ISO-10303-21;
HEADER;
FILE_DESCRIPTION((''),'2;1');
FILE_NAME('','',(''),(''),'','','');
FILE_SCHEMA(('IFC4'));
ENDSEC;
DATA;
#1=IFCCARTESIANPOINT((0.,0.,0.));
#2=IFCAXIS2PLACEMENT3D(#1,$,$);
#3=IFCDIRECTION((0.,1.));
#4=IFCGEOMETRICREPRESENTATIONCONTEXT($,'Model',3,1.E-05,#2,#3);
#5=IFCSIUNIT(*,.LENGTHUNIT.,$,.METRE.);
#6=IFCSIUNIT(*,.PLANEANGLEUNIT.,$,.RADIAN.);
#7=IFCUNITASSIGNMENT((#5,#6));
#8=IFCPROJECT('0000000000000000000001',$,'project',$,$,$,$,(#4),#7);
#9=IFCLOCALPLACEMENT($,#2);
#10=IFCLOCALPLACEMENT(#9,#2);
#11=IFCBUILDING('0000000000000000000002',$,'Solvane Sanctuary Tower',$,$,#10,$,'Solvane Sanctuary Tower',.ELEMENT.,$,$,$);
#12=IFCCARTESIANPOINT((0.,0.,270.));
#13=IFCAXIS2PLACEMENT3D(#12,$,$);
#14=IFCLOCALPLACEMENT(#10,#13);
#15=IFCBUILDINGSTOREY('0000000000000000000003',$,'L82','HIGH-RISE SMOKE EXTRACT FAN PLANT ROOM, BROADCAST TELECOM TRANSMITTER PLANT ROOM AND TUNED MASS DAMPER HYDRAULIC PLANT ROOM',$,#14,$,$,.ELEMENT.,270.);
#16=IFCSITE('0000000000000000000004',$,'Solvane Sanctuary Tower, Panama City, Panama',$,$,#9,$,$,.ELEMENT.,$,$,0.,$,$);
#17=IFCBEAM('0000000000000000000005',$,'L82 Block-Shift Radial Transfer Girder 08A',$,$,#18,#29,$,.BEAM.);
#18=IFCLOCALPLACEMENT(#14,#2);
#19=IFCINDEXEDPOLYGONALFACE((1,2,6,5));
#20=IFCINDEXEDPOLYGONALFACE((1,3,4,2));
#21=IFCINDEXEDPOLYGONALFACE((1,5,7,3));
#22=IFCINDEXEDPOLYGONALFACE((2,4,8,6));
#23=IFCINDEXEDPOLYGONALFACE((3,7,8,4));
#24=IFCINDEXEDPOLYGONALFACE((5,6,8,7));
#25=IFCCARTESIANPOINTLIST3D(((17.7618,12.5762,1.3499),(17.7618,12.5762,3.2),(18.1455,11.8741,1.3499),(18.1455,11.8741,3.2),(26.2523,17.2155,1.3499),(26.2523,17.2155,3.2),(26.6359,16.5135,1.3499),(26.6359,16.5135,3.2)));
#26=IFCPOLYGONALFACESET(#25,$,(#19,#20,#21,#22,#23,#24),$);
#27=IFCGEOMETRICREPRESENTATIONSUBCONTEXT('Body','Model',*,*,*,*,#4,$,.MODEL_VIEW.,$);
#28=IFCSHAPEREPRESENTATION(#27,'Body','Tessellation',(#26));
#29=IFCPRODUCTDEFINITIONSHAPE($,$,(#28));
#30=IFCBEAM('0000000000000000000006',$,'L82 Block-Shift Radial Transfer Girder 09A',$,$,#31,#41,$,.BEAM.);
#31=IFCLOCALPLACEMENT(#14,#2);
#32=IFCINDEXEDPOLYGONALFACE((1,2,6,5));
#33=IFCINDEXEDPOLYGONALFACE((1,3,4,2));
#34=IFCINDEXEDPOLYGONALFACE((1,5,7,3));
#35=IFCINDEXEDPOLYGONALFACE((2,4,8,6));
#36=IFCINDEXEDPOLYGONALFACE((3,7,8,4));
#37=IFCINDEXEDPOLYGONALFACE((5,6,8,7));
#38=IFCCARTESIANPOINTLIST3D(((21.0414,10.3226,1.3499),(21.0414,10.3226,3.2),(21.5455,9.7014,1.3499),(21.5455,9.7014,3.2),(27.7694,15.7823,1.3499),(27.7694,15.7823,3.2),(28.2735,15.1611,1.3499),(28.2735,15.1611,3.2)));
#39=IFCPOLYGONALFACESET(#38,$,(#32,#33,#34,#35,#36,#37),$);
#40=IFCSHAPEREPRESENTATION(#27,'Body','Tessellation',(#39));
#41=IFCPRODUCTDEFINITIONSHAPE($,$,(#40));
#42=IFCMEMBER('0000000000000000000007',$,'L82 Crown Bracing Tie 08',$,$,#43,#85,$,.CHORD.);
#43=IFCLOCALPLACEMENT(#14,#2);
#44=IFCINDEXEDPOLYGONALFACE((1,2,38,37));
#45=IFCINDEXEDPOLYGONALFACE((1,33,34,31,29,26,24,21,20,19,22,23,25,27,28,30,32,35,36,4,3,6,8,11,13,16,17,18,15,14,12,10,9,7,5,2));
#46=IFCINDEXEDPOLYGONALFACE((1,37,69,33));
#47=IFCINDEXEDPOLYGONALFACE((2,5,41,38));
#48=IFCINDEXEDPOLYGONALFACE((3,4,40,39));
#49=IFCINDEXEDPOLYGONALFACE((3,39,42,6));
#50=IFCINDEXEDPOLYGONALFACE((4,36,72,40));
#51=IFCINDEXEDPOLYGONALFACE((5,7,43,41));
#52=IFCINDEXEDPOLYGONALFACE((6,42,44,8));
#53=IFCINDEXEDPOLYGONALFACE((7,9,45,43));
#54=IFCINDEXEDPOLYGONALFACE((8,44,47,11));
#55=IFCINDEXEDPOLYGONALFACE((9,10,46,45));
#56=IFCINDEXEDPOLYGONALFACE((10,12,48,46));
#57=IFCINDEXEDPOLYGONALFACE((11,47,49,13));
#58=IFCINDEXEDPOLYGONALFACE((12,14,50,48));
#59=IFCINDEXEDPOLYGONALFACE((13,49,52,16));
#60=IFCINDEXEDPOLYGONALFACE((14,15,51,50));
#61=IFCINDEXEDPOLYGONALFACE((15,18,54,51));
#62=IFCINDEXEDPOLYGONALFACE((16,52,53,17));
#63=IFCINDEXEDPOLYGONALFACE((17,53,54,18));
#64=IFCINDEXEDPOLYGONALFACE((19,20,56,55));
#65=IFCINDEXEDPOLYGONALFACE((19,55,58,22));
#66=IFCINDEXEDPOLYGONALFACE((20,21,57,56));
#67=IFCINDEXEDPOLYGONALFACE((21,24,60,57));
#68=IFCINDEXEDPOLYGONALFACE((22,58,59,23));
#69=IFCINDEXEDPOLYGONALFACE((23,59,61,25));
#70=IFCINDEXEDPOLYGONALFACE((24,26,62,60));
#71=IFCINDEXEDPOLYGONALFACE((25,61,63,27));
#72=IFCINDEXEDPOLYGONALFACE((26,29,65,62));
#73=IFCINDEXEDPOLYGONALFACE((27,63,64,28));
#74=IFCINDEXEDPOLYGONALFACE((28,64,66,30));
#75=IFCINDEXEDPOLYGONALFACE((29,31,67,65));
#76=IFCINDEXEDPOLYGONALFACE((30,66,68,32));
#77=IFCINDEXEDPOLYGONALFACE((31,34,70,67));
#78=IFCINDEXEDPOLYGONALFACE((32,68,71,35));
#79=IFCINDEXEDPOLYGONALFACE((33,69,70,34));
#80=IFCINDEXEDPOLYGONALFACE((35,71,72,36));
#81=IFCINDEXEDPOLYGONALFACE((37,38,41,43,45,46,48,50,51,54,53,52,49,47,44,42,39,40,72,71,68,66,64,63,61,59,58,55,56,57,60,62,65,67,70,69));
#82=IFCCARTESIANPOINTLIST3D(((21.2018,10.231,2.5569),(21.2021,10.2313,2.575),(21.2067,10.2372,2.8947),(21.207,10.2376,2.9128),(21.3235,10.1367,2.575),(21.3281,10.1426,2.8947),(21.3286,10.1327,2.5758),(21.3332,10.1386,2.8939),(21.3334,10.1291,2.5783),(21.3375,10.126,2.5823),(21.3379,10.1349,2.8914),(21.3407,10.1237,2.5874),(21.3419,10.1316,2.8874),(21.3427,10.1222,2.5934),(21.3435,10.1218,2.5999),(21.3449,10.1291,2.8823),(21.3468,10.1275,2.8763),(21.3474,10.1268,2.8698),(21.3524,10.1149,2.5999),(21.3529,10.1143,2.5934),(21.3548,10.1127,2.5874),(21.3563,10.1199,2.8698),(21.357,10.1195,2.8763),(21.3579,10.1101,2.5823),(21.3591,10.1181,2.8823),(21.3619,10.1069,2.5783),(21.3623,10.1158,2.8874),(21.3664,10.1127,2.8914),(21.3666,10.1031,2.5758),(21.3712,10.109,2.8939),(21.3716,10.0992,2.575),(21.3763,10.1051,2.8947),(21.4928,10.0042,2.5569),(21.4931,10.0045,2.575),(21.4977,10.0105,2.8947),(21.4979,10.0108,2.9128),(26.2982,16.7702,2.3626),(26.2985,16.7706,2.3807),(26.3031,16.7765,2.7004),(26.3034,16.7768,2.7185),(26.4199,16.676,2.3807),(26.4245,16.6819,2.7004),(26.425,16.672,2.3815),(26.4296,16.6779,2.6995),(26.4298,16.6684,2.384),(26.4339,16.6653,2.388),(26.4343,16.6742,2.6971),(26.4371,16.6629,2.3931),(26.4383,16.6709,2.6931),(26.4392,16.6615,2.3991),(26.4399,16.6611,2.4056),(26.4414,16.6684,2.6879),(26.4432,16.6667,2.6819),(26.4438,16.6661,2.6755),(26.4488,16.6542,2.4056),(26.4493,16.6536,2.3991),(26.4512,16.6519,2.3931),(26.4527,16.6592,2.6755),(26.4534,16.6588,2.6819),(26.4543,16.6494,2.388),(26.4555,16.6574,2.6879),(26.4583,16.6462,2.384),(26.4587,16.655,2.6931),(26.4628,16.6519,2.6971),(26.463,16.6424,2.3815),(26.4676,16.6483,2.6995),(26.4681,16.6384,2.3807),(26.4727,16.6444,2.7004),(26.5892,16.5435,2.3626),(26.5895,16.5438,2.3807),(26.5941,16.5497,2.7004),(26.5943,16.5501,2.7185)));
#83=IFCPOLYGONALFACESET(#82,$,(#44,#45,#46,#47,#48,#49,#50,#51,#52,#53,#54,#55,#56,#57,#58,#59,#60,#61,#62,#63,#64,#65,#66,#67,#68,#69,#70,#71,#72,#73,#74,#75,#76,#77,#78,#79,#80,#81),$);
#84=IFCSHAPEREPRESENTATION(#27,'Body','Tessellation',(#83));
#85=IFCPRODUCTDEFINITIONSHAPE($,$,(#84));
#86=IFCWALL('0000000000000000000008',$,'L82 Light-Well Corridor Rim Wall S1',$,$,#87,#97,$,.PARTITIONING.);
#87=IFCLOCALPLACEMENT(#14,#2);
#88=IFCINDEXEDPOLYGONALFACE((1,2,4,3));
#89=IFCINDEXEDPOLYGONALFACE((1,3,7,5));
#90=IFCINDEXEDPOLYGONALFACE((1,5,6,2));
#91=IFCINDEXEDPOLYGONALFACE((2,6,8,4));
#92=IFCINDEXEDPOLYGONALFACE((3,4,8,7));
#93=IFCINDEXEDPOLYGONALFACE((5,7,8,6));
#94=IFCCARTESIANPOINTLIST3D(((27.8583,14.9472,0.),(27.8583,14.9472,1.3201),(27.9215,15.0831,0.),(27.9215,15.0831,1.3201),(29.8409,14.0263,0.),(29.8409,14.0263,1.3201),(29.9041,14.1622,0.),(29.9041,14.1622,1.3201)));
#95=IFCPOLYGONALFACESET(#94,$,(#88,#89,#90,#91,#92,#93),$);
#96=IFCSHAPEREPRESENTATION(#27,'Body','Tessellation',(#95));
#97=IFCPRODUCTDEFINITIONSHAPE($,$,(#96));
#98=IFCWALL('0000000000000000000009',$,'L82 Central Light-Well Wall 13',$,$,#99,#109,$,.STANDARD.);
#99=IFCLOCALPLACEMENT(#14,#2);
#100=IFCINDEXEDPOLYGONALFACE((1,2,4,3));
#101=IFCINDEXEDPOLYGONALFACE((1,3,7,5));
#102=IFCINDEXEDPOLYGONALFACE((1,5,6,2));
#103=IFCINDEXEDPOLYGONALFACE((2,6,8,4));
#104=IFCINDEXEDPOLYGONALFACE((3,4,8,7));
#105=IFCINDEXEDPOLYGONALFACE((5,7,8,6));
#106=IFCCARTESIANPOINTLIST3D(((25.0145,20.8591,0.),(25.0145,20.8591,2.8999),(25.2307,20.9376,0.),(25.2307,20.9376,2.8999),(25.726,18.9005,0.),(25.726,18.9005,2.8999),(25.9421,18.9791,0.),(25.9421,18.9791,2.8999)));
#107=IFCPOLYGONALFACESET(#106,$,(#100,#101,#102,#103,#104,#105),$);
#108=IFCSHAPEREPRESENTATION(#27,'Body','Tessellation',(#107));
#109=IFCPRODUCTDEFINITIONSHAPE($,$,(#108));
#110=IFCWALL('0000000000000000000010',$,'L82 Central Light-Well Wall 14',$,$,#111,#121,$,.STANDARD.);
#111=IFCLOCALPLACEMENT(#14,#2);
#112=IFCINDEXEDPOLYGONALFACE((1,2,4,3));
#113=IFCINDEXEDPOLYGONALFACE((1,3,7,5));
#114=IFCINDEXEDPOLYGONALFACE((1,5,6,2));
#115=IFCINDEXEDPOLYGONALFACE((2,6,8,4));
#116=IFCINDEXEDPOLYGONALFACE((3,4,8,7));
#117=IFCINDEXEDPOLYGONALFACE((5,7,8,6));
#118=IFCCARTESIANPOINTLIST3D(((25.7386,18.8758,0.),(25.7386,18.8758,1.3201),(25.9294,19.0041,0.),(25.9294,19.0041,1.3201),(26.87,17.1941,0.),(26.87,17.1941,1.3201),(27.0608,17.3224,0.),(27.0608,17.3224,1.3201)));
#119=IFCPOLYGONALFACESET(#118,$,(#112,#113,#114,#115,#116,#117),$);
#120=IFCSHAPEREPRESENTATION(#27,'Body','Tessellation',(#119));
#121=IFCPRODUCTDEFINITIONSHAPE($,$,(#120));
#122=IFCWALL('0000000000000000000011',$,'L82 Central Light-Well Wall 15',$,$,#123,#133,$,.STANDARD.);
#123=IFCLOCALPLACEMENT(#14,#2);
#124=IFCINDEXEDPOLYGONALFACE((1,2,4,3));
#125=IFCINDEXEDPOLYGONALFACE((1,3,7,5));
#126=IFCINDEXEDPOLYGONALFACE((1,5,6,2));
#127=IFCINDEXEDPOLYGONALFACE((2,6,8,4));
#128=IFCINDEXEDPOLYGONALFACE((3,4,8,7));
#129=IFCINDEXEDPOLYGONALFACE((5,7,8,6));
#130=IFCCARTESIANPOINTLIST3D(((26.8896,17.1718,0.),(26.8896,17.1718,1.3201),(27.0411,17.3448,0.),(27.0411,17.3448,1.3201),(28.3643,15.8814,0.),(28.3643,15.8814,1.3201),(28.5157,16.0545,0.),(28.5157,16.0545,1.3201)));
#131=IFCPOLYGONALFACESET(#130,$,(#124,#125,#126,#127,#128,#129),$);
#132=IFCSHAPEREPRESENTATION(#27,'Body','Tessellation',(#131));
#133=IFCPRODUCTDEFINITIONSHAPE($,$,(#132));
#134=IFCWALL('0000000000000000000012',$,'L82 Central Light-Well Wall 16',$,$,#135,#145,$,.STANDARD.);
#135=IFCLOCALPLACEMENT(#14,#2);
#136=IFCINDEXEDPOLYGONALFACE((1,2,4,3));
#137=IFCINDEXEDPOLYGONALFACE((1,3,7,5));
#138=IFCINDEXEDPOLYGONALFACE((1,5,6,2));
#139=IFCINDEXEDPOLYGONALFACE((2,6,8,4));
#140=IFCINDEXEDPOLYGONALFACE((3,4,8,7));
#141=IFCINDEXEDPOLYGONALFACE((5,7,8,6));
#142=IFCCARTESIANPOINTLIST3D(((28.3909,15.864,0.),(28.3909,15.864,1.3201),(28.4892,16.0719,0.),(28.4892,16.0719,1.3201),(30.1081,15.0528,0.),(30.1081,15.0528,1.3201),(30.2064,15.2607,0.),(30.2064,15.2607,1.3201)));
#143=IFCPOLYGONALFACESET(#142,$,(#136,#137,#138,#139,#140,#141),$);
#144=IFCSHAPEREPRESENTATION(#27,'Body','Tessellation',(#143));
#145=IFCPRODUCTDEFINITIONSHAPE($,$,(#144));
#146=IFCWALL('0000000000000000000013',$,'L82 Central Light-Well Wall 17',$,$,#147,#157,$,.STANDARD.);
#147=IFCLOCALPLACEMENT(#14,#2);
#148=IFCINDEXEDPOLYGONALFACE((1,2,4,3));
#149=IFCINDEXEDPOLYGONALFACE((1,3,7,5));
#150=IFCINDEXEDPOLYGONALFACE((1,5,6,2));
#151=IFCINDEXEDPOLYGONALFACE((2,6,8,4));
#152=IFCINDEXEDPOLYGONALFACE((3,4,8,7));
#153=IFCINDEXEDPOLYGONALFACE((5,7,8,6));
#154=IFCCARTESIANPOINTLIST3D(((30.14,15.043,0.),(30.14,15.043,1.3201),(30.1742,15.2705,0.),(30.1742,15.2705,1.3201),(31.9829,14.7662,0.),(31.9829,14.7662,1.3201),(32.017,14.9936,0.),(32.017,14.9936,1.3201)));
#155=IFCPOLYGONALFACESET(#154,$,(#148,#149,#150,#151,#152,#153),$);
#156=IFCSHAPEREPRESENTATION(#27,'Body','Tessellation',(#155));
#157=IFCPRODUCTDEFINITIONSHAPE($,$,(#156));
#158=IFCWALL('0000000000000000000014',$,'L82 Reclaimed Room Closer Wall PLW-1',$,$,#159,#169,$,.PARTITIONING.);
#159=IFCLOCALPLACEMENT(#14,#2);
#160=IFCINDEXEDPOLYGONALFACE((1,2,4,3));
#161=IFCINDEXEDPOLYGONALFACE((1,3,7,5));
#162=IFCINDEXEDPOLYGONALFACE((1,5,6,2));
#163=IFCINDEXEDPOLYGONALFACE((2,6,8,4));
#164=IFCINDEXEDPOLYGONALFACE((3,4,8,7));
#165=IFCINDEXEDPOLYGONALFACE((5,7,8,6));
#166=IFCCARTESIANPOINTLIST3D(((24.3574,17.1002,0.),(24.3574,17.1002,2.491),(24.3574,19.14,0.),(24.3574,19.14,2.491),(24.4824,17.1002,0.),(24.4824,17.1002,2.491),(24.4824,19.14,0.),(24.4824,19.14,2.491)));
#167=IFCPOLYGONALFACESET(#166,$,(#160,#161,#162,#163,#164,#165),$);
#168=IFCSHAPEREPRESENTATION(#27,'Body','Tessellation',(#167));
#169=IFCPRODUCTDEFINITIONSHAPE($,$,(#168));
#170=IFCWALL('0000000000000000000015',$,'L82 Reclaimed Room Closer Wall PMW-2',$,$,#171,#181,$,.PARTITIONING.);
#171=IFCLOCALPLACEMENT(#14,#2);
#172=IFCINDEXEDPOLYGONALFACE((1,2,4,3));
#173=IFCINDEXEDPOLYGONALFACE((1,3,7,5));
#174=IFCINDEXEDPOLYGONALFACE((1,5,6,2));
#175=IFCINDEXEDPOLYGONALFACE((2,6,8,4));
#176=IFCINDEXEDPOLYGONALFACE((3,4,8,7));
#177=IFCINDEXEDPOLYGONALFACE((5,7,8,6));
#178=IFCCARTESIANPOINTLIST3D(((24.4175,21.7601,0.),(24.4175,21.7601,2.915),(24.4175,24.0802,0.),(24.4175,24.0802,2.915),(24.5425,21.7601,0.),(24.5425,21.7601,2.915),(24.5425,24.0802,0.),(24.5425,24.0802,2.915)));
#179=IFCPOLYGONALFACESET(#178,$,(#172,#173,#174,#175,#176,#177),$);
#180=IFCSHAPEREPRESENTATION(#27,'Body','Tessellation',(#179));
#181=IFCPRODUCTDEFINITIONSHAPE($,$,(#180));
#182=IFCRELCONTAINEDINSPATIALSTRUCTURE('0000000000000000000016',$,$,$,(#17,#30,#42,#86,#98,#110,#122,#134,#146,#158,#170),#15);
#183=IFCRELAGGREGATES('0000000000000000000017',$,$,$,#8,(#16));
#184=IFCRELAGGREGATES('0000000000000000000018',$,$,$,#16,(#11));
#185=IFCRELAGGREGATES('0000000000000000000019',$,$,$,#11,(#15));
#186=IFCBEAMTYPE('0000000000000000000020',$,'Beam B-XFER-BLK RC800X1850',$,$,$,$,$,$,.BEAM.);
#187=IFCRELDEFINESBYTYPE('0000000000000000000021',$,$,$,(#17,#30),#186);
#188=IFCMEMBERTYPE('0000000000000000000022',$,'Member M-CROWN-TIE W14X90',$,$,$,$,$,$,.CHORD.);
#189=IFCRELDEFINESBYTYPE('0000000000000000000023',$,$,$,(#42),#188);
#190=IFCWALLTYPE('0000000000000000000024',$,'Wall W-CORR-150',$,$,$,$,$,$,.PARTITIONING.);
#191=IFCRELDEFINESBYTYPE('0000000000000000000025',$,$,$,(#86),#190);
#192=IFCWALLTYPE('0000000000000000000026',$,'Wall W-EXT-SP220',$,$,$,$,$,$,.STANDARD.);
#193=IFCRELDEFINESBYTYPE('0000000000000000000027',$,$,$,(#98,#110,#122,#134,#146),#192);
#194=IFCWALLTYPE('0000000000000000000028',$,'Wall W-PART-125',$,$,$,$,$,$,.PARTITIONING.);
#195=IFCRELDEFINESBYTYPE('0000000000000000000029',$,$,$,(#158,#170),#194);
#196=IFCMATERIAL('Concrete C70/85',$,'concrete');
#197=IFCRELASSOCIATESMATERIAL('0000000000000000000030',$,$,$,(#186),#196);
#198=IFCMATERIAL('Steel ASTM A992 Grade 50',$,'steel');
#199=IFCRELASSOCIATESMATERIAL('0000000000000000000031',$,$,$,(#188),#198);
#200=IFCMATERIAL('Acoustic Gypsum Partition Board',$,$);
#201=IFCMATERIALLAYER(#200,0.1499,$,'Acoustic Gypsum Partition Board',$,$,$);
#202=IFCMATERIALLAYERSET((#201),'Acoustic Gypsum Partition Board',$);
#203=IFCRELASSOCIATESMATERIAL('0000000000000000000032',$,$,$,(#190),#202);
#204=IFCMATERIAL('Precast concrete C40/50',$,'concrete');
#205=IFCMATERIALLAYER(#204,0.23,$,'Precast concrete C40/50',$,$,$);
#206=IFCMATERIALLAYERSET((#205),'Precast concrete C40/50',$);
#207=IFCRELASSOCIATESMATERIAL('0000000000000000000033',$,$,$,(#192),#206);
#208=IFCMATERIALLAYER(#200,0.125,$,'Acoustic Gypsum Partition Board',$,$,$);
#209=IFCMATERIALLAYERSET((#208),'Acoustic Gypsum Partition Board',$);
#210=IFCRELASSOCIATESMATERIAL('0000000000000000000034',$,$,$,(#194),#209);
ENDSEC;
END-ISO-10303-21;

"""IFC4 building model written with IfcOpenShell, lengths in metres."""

from ifc_helpers import new_model, si_unit, direction, frame, frame_2d, origin, origin_2d, place, context, subcontext, project, spatial, rectangle, i_section, extrude, material, layer, layer_set, material_profile, profile_set, type_object, element, save


model = new_model("IFC4")

# Units and contexts
model_context = context("Model", 3, precision=1e-05, world=origin(), true_north=direction((0.0, 1.0)))
body_context = subcontext(model_context, "Body", "Model", "MODEL_VIEW")
ifc_project = project(units=[si_unit("LENGTHUNIT", "METRE"), si_unit("PLANEANGLEUNIT", "RADIAN")], contexts=[model_context])

# Site, building, storey
site_placement = place(None, origin())
site = spatial("IfcSite", under=ifc_project, at=site_placement, Name="Solvane Sanctuary Tower, Panama City, Panama", CompositionType="ELEMENT", RefElevation=0.0)
building_placement = place(site_placement, origin())
building = spatial("IfcBuilding", under=site, at=building_placement, Name="Solvane Sanctuary Tower", LongName="Solvane Sanctuary Tower", CompositionType="ELEMENT")
storey_placement = place(building_placement, frame((0.0, 0.0, 270.0)))
storey = spatial("IfcBuildingStorey", under=building, at=storey_placement, Name="L82", Description="HIGH-RISE SMOKE EXTRACT FAN PLANT ROOM, BROADCAST TELECOM TRANSMITTER PLANT ROOM AND TUNED MASS DAMPER HYDRAULIC PLANT ROOM", CompositionType="ELEMENT", Elevation=270.0)

# Shared definitions
ifc_material_1 = material(Name="Concrete C70/85", Category="concrete")

# Beams
ifc_material_2 = material(Name="Steel ASTM A992 Grade 50", Category="steel")
ifc_material_profile_1 = material_profile(ifc_material_1, rectangle(XDim=0.8, YDim=1.8501, at=origin_2d()), Name="RC800X1850")
ifc_profile_set_1 = profile_set([ifc_material_profile_1], Name="Concrete C70/85")
beam_type_1 = type_object("IfcBeamType", Name="Beam B-XFER-BLK RC800X1850", PredefinedType="BEAM", material=ifc_profile_set_1)
beam_1_placement = place(storey_placement, frame((26.4441, 16.8645, 2.2749), z_axis=(-0.877538, -0.479508, 0.0), x_axis=(0.479508, -0.877538, 0.0)))
element("IfcBeam", 1, at=beam_1_placement, inside=storey, type_object=beam_type_1, Name="L82 Block-Shift Radial Transfer Girder 08A", PredefinedType="BEAM", context=body_context, shape_type="SweptSolid", body=[
    extrude(rectangle(XDim=0.8, YDim=1.8501, at=origin_2d()), origin(), (0.0, 0.0, 1.0), 9.6753),
])
beam_2_placement = place(storey_placement, frame((28.0215, 15.4717, 2.2749), z_axis=(-0.776498, -0.630119, 0.0), x_axis=(0.630119, -0.776498, 0.0)))
element("IfcBeam", 2, at=beam_2_placement, inside=storey, type_object=beam_type_1, Name="L82 Block-Shift Radial Transfer Girder 09A", PredefinedType="BEAM", context=body_context, shape_type="SweptSolid", body=[
    extrude(rectangle(XDim=0.8, YDim=1.8501, at=origin_2d()), origin(), (0.0, 0.0, 1.0), 8.6646),
])

# Member
ifc_material_profile_2 = material_profile(ifc_material_2, i_section(OverallWidth=0.3689, OverallDepth=0.356, WebThickness=0.0112, FlangeThickness=0.0181, FilletRadius=0.0249, at=origin_2d()), Name="W14X90")
ifc_profile_set_2 = profile_set([ifc_material_profile_2], Name="Steel ASTM A992 Grade 50")
member_type = type_object("IfcMemberType", Name="Member M-CROWN-TIE W14X90", PredefinedType="CHORD", material=ifc_profile_set_2)
member_placement = place(storey_placement, frame((26.4463, 16.6602, 2.5405), z_axis=(-0.614546, -0.788533, 0.023434), x_axis=(0.788749, -0.614715, 0.0)))
element("IfcMember", 3, at=member_placement, inside=storey, type_object=member_type, Name="L82 Crown Bracing Tie 08", PredefinedType="CHORD", context=body_context, shape_type="SweptSolid", body=[
    extrude(i_section(OverallWidth=0.3689, OverallDepth=0.356, WebThickness=0.0112, FlangeThickness=0.0181, FilletRadius=0.0249, at=origin_2d()), origin(), (0.0, 0.0, 1.0), 8.293),
])

# Walls
ifc_material_3 = material(Name="Acoustic Gypsum Partition Board")
ifc_layer_1 = layer(ifc_material_3, 0.1499, Name="Acoustic Gypsum Partition Board")
ifc_layer_set_1 = layer_set([ifc_layer_1], Name="Acoustic Gypsum Partition Board")
wall_type_1 = type_object("IfcWallType", Name="Wall W-CORR-150", PredefinedType="PARTITIONING", material=ifc_layer_set_1)
wall_1_placement = place(storey_placement, frame((27.8899, 15.0151, 0.0), z_axis=(0.0, 0.0, 1.0), x_axis=(0.906943, -0.421252, 0.0)))
element("IfcWall", 4, at=wall_1_placement, inside=storey, type_object=wall_type_1, Name="L82 Light-Well Corridor Rim Wall S1", PredefinedType="PARTITIONING", context=body_context, shape_type="SweptSolid", body=[
    extrude(rectangle(XDim=2.186, YDim=0.1499, at=frame_2d((1.093, 0.0))), origin(), (0.0, 0.0, 1.0), 1.3201),
])
ifc_material_4 = material(Name="Precast concrete C40/50", Category="concrete")
ifc_layer_2 = layer(ifc_material_4, 0.23, Name="Precast concrete C40/50")
ifc_layer_set_2 = layer_set([ifc_layer_2], Name="Precast concrete C40/50")
wall_type_2 = type_object("IfcWallType", Name="Wall W-EXT-SP220", PredefinedType="STANDARD", material=ifc_layer_set_2)
wall_2_placement = place(storey_placement, frame((25.1226, 20.8984, 0.0), z_axis=(0.0, 0.0, 1.0), x_axis=(0.341423, -0.93991, 0.0)))
element("IfcWall", 5, at=wall_2_placement, inside=storey, type_object=wall_type_2, Name="L82 Central Light-Well Wall 13", PredefinedType="STANDARD", context=body_context, shape_type="SweptSolid", body=[
    extrude(rectangle(XDim=2.0837, YDim=0.23, at=frame_2d((1.042, 0.0))), origin(), (0.0, 0.0, 1.0), 2.8999),
])
wall_3_placement = place(storey_placement, frame((25.834, 18.9399, 0.0), z_axis=(0.0, 0.0, 1.0), x_axis=(0.558198, -0.829708, 0.0)))
element("IfcWall", 6, at=wall_3_placement, inside=storey, type_object=wall_type_2, Name="L82 Central Light-Well Wall 14", PredefinedType="STANDARD", context=body_context, shape_type="SweptSolid", body=[
    extrude(rectangle(XDim=2.0269, YDim=0.23, at=frame_2d((1.0134, 0.0))), origin(), (0.0, 0.0, 1.0), 1.3201),
])
wall_4_placement = place(storey_placement, frame((26.9653, 17.2583, 0.0), z_axis=(0.0, 0.0, 1.0), x_axis=(0.752577, -0.658505, 0.0)))
element("IfcWall", 7, at=wall_4_placement, inside=storey, type_object=wall_type_2, Name="L82 Central Light-Well Wall 15", PredefinedType="STANDARD", context=body_context, shape_type="SweptSolid", body=[
    extrude(rectangle(XDim=1.9595, YDim=0.23, at=frame_2d((0.9797, 0.0))), origin(), (0.0, 0.0, 1.0), 1.3201),
])
wall_5_placement = place(storey_placement, frame((28.4399, 15.968, 0.0), z_axis=(0.0, 0.0, 1.0), x_axis=(0.90418, -0.427152, 0.0)))
element("IfcWall", 8, at=wall_5_placement, inside=storey, type_object=wall_type_2, Name="L82 Central Light-Well Wall 16", PredefinedType="STANDARD", context=body_context, shape_type="SweptSolid", body=[
    extrude(rectangle(XDim=1.8992, YDim=0.23, at=frame_2d((0.9497, 0.0))), origin(), (0.0, 0.0, 1.0), 1.3201),
])
wall_6_placement = place(storey_placement, frame((30.1572, 15.1567, 0.0), z_axis=(0.0, 0.0, 1.0), x_axis=(0.988902, -0.148571, 0.0)))
element("IfcWall", 9, at=wall_6_placement, inside=storey, type_object=wall_type_2, Name="L82 Central Light-Well Wall 17", PredefinedType="STANDARD", context=body_context, shape_type="SweptSolid", body=[
    extrude(rectangle(XDim=1.8635, YDim=0.23, at=frame_2d((0.9316, 0.0))), origin(), (0.0, 0.0, 1.0), 1.3201),
])
ifc_layer_3 = layer(ifc_material_3, 0.125, Name="Acoustic Gypsum Partition Board")
ifc_layer_set_3 = layer_set([ifc_layer_3], Name="Acoustic Gypsum Partition Board")
wall_type_3 = type_object("IfcWallType", Name="Wall W-PART-125", PredefinedType="PARTITIONING", material=ifc_layer_set_3)
wall_7_placement = place(storey_placement, frame((24.4199, 17.1001, 0.0), z_axis=(0.0, 0.0, 1.0), x_axis=(0.0, 1.0, 0.0)))
element("IfcWall", 10, at=wall_7_placement, inside=storey, type_object=wall_type_3, Name="L82 Reclaimed Room Closer Wall PLW-1", PredefinedType="PARTITIONING", context=body_context, shape_type="SweptSolid", body=[
    extrude(rectangle(XDim=2.0398, YDim=0.125, at=frame_2d((1.02, 0.0))), origin(), (0.0, 0.0, 1.0), 2.491),
])
wall_8_placement = place(storey_placement, frame((24.48, 21.76, 0.0), z_axis=(0.0, 0.0, 1.0), x_axis=(0.0, 1.0, 0.0)))
element("IfcWall", 11, at=wall_8_placement, inside=storey, type_object=wall_type_3, Name="L82 Reclaimed Room Closer Wall PMW-2", PredefinedType="PARTITIONING", context=body_context, shape_type="SweptSolid", body=[
    extrude(rectangle(XDim=2.3201, YDim=0.125, at=frame_2d((1.1602, 0.0))), origin(), (0.0, 0.0, 1.0), 2.915),
])

save(model, "model.ifc")
